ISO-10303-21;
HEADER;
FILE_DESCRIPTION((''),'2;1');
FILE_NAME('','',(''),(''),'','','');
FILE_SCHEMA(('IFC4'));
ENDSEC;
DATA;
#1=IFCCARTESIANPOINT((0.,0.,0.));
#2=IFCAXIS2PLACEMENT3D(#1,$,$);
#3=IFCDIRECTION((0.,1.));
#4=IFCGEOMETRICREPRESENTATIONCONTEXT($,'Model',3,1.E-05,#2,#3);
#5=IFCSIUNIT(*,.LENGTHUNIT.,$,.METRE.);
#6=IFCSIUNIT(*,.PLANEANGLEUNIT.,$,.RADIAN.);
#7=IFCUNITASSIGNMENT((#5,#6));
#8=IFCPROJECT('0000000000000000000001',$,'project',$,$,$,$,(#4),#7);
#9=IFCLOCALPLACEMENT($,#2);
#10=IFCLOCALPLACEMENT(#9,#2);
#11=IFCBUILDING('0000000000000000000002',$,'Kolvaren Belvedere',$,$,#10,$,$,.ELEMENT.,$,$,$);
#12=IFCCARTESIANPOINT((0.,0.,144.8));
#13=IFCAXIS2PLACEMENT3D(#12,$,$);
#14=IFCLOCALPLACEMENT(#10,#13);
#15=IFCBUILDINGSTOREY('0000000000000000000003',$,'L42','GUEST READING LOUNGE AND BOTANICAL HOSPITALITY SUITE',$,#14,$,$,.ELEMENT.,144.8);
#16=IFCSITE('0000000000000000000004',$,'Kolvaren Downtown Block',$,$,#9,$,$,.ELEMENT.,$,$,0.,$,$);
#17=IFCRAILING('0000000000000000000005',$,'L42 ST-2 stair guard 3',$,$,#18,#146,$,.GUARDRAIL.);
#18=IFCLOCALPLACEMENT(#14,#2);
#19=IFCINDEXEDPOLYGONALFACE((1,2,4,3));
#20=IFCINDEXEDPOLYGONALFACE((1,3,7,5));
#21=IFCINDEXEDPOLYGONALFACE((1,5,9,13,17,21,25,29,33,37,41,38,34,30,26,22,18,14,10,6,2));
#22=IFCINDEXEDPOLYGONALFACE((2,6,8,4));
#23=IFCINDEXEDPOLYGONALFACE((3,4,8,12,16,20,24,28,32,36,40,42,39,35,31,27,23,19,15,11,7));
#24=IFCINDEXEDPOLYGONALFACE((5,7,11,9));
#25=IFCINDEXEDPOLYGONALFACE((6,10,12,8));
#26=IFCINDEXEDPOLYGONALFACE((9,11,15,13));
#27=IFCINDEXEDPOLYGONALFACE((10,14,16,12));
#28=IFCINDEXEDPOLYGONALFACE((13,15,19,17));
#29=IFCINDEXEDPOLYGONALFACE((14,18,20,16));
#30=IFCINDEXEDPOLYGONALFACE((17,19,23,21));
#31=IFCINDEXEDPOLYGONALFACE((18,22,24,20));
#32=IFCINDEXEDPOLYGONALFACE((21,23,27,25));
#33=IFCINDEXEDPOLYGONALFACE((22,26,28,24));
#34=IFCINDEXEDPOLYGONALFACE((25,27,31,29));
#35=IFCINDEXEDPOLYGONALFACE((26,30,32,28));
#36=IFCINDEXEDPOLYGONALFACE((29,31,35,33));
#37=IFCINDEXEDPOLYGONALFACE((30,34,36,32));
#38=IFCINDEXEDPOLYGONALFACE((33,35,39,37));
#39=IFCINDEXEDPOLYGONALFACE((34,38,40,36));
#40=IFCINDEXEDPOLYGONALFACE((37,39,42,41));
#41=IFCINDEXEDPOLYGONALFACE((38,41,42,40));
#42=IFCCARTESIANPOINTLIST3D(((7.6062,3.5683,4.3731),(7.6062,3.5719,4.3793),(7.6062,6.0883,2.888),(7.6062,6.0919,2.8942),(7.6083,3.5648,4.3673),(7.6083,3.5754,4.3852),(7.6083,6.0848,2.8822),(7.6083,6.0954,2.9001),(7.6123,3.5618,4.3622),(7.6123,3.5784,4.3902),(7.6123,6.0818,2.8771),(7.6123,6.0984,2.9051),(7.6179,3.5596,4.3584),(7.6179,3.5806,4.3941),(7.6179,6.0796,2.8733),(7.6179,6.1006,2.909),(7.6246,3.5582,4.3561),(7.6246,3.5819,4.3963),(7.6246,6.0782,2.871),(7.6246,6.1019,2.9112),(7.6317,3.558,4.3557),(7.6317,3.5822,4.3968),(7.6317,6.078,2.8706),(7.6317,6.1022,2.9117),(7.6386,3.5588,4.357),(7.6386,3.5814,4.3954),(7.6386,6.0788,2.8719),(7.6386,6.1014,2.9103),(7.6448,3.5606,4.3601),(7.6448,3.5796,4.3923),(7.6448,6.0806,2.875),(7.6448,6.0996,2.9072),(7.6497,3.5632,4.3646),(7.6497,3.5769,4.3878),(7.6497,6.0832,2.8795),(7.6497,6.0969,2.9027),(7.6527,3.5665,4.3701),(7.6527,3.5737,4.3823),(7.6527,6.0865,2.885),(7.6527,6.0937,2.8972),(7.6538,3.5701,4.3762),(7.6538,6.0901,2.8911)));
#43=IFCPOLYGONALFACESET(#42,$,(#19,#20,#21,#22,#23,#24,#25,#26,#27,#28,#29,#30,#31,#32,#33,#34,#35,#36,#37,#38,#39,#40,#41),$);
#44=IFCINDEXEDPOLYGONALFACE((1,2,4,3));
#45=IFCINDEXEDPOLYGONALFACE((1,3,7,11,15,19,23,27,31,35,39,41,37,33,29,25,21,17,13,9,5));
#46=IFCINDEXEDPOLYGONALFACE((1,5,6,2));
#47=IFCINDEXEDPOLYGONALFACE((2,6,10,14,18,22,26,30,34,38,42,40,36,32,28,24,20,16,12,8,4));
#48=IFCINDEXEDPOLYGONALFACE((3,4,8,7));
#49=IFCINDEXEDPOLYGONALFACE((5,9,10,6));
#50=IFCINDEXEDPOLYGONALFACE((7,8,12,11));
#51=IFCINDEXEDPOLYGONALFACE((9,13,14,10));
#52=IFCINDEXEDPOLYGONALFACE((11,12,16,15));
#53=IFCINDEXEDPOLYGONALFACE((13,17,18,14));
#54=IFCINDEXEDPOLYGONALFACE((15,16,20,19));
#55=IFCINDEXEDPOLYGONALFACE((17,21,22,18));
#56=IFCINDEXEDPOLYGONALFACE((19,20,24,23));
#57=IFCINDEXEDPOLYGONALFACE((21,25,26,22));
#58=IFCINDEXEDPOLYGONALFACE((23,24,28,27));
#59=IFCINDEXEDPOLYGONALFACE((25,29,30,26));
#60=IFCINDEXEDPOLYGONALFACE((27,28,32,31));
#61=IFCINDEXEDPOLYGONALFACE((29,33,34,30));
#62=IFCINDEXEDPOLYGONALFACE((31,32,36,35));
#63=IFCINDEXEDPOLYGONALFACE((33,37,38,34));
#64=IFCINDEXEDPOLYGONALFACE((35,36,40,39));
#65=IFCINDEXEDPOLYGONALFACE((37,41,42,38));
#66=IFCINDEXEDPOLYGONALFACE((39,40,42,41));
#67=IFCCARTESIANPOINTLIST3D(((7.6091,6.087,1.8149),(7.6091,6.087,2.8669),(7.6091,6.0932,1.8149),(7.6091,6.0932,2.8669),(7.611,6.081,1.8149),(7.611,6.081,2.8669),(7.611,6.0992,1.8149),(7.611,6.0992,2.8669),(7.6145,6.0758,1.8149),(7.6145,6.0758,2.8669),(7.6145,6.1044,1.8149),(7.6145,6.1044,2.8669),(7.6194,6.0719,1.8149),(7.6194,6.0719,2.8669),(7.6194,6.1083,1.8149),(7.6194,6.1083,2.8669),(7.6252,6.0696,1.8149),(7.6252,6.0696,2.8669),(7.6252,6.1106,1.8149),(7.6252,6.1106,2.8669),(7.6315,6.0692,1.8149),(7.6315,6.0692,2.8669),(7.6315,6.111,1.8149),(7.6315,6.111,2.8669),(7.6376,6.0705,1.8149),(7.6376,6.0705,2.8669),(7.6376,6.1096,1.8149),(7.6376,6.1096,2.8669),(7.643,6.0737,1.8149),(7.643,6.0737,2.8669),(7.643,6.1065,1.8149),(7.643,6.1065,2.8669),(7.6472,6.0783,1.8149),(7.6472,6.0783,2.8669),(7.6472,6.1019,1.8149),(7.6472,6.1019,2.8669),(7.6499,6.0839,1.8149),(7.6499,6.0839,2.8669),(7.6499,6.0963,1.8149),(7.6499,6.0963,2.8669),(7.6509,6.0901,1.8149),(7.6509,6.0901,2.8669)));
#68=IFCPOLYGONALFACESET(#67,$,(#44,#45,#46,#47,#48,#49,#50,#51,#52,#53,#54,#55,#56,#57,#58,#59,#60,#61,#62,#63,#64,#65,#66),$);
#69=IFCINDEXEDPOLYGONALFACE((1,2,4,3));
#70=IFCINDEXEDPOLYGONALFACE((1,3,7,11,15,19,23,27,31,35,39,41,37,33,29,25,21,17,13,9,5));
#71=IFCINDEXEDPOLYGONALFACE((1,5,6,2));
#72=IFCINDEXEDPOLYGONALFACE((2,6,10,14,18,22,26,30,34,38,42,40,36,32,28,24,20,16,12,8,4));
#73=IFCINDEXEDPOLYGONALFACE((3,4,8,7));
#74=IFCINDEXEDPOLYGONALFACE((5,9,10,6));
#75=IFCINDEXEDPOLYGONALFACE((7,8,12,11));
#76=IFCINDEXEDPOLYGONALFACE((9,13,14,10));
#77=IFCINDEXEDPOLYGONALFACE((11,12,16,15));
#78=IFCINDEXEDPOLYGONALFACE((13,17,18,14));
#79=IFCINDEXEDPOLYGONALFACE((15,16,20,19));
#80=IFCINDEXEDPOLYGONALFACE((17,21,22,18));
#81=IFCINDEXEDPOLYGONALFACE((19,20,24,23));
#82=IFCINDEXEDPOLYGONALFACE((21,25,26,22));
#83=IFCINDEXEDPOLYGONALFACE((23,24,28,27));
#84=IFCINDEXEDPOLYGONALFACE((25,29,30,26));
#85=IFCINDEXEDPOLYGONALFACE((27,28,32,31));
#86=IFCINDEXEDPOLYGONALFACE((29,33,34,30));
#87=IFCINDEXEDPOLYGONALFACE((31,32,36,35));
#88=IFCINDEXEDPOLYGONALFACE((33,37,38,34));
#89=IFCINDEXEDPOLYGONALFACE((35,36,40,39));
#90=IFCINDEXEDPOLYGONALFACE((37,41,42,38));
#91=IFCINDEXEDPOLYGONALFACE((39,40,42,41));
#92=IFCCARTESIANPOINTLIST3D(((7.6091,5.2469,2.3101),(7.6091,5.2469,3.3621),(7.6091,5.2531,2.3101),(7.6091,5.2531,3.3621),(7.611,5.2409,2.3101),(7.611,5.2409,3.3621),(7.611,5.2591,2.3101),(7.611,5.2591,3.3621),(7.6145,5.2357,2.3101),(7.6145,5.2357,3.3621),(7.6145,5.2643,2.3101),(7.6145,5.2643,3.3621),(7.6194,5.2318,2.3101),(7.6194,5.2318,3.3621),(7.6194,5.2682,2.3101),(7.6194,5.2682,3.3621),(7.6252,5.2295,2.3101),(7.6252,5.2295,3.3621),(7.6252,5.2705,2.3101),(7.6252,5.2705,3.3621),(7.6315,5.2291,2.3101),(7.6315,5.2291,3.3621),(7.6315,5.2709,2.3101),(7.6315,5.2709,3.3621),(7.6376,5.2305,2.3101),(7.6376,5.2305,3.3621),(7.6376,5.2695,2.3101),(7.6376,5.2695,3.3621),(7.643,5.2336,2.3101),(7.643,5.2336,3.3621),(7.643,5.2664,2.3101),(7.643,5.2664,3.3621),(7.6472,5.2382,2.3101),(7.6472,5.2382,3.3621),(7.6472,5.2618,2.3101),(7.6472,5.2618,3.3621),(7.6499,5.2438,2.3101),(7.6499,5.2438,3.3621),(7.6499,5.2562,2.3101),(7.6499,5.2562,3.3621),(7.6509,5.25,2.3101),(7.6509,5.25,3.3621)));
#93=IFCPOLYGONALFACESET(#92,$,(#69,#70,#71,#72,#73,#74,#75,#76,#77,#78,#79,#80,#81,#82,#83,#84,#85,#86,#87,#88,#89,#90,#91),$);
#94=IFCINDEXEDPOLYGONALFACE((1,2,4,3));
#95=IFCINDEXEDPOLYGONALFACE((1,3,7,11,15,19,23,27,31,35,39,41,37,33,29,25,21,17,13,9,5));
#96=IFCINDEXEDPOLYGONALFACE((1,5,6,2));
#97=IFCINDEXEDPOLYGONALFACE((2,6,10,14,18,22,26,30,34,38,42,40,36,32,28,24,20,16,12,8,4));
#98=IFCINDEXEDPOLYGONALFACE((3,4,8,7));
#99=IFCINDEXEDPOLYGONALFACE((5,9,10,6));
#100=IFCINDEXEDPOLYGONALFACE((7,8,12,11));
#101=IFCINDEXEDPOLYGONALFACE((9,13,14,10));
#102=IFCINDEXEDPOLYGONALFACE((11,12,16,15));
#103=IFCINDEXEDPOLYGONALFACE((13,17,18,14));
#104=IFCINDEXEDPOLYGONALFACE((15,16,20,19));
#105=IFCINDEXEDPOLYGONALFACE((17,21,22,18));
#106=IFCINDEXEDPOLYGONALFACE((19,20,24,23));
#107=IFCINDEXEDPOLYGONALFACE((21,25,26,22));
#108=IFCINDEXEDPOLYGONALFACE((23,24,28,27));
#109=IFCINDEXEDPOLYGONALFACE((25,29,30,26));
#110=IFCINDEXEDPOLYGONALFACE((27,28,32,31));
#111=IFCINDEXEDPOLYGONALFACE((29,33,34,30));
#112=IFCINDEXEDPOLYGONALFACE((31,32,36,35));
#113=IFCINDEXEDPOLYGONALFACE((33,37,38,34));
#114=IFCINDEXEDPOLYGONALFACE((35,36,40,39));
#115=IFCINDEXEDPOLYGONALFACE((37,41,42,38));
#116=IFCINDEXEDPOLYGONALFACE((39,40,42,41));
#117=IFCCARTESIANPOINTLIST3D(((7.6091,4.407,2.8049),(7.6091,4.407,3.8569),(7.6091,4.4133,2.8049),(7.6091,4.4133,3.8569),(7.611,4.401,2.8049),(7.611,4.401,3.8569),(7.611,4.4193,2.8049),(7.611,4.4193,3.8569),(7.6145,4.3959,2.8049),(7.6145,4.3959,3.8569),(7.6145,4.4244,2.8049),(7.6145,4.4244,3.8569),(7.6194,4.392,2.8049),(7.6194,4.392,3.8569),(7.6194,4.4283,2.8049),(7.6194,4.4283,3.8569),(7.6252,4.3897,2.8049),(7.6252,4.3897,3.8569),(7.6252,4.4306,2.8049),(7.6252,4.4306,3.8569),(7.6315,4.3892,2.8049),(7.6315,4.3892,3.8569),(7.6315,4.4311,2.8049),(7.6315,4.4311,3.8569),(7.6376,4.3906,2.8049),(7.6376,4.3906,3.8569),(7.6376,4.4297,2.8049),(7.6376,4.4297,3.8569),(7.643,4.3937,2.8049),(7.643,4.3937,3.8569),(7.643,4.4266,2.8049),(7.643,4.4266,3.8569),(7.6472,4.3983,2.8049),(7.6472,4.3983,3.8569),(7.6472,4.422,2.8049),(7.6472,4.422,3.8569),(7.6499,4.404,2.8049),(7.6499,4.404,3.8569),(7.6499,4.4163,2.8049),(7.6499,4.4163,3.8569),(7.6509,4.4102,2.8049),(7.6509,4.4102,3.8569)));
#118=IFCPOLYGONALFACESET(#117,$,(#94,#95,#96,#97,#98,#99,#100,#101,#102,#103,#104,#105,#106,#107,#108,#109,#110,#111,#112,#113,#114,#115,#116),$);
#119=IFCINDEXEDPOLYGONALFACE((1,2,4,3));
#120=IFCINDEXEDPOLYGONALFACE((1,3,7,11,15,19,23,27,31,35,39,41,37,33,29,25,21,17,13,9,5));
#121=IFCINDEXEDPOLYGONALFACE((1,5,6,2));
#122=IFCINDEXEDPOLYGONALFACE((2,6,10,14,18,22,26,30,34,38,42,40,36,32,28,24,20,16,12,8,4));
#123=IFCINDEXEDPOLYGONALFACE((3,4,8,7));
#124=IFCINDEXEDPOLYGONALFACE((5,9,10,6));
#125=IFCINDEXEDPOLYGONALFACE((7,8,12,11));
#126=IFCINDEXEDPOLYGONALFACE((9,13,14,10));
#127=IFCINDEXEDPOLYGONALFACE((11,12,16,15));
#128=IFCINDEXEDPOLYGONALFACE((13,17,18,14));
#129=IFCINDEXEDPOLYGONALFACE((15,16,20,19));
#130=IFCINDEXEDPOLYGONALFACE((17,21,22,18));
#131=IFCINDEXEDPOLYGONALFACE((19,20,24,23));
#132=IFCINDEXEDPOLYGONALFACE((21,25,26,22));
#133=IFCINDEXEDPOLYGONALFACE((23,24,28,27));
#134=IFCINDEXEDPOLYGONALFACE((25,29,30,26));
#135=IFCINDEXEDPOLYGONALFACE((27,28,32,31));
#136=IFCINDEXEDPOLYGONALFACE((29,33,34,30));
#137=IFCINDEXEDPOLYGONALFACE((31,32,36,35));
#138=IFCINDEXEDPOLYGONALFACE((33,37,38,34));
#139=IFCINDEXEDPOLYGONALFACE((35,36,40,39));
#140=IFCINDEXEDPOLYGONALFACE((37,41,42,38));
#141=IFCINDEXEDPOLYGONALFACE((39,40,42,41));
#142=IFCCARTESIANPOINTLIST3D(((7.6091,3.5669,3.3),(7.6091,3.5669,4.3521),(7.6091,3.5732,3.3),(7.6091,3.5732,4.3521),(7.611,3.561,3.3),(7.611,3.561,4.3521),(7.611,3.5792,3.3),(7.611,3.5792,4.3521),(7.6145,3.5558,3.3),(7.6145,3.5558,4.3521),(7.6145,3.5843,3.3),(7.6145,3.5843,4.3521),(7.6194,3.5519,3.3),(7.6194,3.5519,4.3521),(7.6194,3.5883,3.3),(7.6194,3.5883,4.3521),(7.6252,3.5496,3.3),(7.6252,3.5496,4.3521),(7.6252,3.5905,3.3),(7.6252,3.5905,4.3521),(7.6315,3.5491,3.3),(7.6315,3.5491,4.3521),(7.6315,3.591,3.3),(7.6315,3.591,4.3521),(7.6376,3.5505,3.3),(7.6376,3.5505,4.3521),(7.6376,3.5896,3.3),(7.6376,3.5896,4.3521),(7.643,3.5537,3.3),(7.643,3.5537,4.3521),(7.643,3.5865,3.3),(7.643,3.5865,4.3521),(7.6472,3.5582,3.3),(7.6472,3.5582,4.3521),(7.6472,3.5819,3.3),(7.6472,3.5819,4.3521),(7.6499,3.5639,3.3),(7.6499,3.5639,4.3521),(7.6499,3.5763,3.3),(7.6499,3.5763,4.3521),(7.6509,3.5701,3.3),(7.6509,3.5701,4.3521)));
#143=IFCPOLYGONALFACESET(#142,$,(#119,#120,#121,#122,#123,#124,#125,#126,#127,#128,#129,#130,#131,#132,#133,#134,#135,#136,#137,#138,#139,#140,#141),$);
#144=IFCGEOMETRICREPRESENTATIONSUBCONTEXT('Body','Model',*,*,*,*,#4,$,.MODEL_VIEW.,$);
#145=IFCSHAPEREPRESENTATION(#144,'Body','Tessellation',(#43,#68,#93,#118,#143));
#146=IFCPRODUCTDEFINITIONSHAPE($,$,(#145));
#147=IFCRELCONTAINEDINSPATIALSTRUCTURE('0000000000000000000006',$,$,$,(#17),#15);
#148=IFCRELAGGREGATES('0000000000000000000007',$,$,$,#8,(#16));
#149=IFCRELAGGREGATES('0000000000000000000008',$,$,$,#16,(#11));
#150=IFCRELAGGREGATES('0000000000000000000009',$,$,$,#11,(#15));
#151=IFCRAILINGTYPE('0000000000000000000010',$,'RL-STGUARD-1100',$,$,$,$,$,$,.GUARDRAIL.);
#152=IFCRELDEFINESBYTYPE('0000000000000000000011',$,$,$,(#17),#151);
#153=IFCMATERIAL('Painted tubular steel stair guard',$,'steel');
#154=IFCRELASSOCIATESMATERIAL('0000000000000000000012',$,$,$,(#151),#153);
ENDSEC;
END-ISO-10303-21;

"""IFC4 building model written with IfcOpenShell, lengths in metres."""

from ifc_helpers import new_model, si_unit, direction, frame, origin, origin_2d, place, context, subcontext, project, spatial, circle, extrude, material, type_object, element, save


model = new_model("IFC4")

# Units and contexts
model_context = context("Model", 3, precision=1e-05, world=origin(), true_north=direction((0.0, 1.0)))
body_context = subcontext(model_context, "Body", "Model", "MODEL_VIEW")
ifc_project = project(units=[si_unit("LENGTHUNIT", "METRE"), si_unit("PLANEANGLEUNIT", "RADIAN")], contexts=[model_context])

# Site, building, storey
site_placement = place(None, origin())
site = spatial("IfcSite", under=ifc_project, at=site_placement, Name="Kolvaren Downtown Block", CompositionType="ELEMENT", RefElevation=0.0)
building_placement = place(site_placement, origin())
building = spatial("IfcBuilding", under=site, at=building_placement, Name="Kolvaren Belvedere", CompositionType="ELEMENT")
storey_placement = place(building_placement, frame((0.0, 0.0, 144.8)))
storey = spatial("IfcBuildingStorey", under=building, at=storey_placement, Name="L42", Description="GUEST READING LOUNGE AND BOTANICAL HOSPITALITY SUITE", CompositionType="ELEMENT", Elevation=144.8)

# Railing
ifc_material_1 = material(Name="Painted tubular steel stair guard", Category="steel")
railing_type_1 = type_object("IfcRailingType", Name="RL-STGUARD-1100", PredefinedType="GUARDRAIL", material=ifc_material_1)
railing_1_placement = place(storey_placement, frame((7.6299, 6.0901, 1.8149)))
element("IfcRailing", 1, at=railing_1_placement, inside=storey, type_object=railing_type_1, Name="L42 ST-2 stair guard 3", PredefinedType="GUARDRAIL", context=body_context, shape_type="SweptSolid", body=[
    extrude(circle(Radius=0.0239, at=origin_2d()), frame((0.0, 0.0, 1.0762), z_axis=(0.0, -0.861524, 0.507717), x_axis=(1.0, 0.0, 0.0)), (0.0, 0.0, 1.0), 2.925),
    extrude(circle(Radius=0.021, at=origin_2d()), origin(), (0.0, 0.0, 1.0), 1.052),
    extrude(circle(Radius=0.021, at=origin_2d()), frame((0.0, -0.8401, 0.4951)), (0.0, 0.0, 1.0), 1.052),
    extrude(circle(Radius=0.021, at=origin_2d()), frame((0.0, -1.6799, 0.99)), (0.0, 0.0, 1.0), 1.052),
    extrude(circle(Radius=0.021, at=origin_2d()), frame((0.0, -2.52, 1.4851)), (0.0, 0.0, 1.0), 1.052),
])

save(model, "model.ifc")
